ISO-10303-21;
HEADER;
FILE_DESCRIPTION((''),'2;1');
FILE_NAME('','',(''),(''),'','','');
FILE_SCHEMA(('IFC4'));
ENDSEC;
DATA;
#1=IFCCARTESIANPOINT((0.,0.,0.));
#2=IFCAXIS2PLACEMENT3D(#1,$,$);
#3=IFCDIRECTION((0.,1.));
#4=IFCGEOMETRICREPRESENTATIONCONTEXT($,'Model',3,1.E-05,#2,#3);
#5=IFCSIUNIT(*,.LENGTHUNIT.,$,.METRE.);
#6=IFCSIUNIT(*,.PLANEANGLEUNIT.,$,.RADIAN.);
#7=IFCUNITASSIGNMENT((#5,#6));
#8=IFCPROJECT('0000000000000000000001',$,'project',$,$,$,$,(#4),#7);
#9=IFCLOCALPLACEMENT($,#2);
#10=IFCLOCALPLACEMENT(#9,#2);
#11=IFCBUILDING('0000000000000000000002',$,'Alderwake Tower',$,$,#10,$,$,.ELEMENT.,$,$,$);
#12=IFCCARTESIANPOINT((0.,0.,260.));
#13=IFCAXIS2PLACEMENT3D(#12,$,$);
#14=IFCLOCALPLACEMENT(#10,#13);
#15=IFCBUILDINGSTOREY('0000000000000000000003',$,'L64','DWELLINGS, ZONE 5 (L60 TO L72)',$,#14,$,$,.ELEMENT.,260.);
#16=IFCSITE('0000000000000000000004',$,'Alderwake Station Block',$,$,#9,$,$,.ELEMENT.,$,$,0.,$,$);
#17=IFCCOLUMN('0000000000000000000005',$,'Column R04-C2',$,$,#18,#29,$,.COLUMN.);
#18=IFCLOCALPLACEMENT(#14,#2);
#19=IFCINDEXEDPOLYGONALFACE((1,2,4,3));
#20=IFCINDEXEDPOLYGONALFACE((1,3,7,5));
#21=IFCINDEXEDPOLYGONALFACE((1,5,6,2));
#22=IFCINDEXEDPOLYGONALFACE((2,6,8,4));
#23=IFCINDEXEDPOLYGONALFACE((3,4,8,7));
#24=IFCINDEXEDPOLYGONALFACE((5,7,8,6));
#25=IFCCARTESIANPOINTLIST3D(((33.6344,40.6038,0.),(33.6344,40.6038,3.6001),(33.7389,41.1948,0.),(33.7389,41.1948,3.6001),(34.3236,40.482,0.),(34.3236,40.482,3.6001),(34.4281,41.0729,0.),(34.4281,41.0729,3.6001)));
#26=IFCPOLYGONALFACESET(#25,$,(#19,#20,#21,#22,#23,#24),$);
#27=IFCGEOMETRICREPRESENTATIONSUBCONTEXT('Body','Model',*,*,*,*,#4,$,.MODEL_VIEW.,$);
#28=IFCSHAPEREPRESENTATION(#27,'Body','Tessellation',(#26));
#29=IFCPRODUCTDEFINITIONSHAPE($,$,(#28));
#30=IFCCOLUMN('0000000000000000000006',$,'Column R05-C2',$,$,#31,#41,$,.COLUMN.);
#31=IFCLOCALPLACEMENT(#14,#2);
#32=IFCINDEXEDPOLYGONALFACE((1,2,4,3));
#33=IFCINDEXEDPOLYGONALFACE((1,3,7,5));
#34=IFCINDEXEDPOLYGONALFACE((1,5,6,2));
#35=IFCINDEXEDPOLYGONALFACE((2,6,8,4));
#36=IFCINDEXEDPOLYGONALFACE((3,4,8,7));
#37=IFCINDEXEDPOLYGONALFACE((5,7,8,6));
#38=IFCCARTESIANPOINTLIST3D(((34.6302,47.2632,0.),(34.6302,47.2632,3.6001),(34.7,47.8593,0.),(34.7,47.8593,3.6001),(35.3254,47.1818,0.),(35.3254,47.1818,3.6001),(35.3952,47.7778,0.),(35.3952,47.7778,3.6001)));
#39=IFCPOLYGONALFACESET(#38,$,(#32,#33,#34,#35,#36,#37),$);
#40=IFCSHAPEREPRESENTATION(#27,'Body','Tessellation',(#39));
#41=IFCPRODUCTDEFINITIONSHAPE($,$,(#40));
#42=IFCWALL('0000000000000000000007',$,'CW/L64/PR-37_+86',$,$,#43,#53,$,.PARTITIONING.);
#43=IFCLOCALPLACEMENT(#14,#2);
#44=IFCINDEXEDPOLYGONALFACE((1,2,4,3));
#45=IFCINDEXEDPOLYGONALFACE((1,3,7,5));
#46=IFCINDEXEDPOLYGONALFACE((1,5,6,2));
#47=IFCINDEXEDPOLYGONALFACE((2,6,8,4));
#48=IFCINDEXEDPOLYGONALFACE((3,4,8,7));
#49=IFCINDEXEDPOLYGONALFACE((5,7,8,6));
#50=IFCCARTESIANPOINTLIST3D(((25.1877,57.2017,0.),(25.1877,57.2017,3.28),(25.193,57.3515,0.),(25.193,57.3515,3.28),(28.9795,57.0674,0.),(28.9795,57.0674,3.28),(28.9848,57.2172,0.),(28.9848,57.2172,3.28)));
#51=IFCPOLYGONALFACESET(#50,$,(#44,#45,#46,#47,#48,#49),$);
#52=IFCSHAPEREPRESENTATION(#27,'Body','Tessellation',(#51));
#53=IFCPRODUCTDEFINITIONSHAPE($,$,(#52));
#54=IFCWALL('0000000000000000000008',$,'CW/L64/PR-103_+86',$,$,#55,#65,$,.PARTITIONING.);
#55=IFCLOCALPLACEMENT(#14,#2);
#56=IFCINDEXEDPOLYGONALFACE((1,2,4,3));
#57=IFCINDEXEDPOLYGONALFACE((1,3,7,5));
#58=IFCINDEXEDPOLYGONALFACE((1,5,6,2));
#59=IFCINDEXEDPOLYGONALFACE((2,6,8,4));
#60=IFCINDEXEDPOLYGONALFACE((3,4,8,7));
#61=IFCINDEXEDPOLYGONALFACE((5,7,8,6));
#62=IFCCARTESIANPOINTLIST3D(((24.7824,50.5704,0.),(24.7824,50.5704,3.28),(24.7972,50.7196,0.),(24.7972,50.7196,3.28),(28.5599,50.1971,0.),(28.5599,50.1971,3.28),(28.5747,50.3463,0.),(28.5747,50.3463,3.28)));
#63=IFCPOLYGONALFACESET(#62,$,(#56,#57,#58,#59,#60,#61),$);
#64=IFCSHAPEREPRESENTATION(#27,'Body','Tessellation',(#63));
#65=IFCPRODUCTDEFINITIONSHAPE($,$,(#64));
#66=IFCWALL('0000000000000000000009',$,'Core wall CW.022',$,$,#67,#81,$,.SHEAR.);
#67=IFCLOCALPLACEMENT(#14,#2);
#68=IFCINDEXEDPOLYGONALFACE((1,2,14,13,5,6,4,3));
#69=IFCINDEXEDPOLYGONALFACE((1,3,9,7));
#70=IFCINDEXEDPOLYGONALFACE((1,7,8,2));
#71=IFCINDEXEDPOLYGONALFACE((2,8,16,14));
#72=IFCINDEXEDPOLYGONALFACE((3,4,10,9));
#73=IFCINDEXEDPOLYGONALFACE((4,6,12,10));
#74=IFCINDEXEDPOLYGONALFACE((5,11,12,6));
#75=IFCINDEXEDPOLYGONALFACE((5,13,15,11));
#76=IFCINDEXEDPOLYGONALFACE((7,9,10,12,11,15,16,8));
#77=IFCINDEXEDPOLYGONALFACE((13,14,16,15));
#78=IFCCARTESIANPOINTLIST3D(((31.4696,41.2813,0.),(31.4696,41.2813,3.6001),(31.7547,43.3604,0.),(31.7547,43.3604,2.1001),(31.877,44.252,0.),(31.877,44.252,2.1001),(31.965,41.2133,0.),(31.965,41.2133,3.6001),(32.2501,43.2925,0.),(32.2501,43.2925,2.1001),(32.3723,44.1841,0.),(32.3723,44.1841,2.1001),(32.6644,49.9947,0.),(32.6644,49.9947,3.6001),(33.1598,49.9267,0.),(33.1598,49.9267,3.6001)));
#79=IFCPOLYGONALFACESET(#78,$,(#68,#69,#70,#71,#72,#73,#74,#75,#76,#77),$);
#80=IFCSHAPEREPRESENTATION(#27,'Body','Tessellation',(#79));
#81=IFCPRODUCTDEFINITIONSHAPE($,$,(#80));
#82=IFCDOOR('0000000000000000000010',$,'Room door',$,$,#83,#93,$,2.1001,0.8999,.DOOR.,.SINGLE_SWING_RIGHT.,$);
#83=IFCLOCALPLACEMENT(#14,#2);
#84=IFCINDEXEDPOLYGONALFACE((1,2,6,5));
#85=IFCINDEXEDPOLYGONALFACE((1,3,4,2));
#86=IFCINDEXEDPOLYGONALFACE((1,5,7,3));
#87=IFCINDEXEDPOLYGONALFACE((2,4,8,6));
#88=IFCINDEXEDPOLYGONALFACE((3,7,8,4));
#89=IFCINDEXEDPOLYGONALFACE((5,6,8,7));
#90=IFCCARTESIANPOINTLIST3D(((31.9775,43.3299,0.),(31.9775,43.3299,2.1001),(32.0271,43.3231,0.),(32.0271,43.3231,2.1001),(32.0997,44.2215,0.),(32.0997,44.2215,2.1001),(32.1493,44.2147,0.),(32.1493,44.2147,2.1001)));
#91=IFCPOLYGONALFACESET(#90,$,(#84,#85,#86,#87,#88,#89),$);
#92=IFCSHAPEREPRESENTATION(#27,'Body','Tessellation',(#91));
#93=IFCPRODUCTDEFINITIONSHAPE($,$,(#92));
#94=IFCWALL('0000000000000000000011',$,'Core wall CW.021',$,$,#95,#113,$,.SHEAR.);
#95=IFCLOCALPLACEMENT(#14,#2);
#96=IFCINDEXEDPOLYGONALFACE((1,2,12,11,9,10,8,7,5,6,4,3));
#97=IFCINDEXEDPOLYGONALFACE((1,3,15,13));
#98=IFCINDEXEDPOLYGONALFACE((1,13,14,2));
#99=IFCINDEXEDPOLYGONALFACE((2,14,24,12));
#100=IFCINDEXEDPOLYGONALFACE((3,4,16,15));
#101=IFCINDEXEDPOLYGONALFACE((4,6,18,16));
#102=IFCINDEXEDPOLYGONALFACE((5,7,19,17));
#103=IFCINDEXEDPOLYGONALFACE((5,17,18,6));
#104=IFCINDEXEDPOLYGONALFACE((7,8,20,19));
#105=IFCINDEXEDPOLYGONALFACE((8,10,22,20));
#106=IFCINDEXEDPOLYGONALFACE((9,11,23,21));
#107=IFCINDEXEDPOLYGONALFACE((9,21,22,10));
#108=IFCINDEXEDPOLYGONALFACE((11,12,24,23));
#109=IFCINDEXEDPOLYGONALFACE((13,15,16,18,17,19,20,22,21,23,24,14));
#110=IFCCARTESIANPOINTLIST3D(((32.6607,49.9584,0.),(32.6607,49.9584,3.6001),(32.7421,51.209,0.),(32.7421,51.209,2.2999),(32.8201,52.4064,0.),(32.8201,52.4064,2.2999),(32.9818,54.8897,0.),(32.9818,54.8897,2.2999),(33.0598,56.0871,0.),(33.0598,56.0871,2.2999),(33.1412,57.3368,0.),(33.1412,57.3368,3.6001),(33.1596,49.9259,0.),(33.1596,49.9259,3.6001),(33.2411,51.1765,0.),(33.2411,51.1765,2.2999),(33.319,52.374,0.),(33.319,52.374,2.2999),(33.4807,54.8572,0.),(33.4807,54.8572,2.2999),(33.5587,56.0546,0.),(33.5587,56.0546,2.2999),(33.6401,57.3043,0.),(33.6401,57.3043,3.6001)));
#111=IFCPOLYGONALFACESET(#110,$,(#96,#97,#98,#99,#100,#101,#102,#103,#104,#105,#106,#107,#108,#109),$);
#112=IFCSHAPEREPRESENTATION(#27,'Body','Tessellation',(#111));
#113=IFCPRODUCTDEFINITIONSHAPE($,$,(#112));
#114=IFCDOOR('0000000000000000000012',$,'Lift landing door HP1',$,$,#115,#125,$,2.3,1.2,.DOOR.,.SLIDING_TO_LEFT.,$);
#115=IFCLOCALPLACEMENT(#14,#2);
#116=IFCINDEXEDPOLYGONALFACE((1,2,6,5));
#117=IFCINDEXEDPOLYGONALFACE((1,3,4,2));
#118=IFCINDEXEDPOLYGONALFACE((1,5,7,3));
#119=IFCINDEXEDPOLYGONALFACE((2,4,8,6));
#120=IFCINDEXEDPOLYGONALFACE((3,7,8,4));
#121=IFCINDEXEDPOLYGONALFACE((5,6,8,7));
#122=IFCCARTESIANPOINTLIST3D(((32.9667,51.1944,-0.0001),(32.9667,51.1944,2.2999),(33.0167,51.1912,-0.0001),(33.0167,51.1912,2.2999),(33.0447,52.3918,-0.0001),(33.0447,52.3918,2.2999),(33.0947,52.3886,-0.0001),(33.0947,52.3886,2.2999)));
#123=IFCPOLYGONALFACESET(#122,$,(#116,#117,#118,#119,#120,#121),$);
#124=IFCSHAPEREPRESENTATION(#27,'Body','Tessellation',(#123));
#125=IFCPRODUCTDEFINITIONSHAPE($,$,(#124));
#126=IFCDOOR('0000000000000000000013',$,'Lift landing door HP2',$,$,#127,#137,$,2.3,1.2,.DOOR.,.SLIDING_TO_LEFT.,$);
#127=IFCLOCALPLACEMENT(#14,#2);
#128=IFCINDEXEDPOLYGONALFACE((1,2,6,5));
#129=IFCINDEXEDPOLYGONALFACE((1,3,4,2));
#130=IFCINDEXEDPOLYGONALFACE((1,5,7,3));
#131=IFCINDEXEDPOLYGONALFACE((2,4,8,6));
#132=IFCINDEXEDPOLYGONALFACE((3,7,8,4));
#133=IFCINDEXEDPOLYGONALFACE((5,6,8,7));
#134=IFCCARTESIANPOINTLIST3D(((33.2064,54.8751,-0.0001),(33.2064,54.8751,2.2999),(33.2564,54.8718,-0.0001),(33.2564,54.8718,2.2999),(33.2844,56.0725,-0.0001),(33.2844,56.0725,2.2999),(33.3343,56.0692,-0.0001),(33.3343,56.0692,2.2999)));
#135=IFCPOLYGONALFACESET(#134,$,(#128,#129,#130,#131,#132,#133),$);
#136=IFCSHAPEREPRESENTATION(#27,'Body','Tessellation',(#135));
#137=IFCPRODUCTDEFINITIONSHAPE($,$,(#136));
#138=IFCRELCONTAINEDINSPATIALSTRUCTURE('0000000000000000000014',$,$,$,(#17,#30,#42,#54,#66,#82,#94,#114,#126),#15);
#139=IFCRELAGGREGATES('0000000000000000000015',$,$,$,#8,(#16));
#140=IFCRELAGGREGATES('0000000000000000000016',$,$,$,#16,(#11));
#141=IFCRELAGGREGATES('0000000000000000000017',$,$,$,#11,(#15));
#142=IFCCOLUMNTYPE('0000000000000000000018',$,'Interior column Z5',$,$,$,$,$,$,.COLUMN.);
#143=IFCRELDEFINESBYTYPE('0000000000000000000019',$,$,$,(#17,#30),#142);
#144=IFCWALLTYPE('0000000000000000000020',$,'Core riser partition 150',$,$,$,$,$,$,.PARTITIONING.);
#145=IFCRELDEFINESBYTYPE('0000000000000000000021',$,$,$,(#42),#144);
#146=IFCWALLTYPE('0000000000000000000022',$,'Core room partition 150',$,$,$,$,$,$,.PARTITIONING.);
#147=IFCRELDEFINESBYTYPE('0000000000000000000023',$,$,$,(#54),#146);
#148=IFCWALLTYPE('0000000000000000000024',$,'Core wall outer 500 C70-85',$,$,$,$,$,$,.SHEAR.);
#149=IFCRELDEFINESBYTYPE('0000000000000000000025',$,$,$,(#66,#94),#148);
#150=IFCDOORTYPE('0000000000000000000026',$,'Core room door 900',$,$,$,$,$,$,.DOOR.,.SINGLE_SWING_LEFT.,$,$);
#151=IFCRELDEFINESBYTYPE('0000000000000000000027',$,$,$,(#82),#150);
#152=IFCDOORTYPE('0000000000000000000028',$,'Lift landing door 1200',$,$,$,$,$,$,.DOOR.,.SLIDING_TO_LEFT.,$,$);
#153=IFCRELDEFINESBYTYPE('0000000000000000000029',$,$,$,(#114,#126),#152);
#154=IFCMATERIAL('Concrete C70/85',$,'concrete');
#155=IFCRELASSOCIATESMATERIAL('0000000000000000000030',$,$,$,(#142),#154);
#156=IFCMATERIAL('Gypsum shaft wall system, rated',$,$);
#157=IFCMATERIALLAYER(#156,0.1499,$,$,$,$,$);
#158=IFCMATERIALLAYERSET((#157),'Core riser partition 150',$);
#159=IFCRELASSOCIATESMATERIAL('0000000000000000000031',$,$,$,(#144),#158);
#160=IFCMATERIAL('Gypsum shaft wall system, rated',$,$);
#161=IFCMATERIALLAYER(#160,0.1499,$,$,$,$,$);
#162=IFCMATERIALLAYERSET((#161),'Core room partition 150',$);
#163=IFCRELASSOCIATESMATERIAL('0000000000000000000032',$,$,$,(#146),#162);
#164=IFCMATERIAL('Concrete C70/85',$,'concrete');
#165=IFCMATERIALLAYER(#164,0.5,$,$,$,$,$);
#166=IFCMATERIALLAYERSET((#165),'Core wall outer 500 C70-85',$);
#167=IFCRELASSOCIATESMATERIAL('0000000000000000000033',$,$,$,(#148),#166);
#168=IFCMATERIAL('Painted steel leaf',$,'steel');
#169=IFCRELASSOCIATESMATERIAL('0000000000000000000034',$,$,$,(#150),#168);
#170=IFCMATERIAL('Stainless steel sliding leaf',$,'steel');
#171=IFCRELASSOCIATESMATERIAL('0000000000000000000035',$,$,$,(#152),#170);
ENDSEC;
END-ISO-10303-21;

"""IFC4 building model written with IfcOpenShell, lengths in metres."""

from ifc_helpers import new_model, si_unit, direction, frame, frame_2d, origin, origin_2d, place, context, subcontext, project, spatial, rectangle, extrude, material, layer, layer_set, material_profile, profile_set, type_object, element, fill, save


model = new_model("IFC4")

# Units and contexts
model_context = context("Model", 3, precision=1e-05, world=origin(), true_north=direction((0.0, 1.0)))
body_context = subcontext(model_context, "Body", "Model", "MODEL_VIEW")
ifc_project = project(units=[si_unit("LENGTHUNIT", "METRE"), si_unit("PLANEANGLEUNIT", "RADIAN")], contexts=[model_context])

# Site, building, storey
site_placement = place(None, origin())
site = spatial("IfcSite", under=ifc_project, at=site_placement, Name="Alderwake Station Block", CompositionType="ELEMENT", RefElevation=0.0)
building_placement = place(site_placement, origin())
building = spatial("IfcBuilding", under=site, at=building_placement, Name="Alderwake Tower", CompositionType="ELEMENT")
storey_placement = place(building_placement, frame((0.0, 0.0, 260.0)))
storey = spatial("IfcBuildingStorey", under=building, at=storey_placement, Name="L64", Description="DWELLINGS, ZONE 5 (L60 TO L72)", CompositionType="ELEMENT", Elevation=260.0)

# Columns
ifc_material_1 = material(Name="Concrete C70/85", Category="concrete")
ifc_material_profile = material_profile(ifc_material_1, rectangle(XDim=0.6001, YDim=0.7, at=origin_2d()), Name="RC 700X600")
ifc_profile_set = profile_set([ifc_material_profile], Name="Concrete C70/85")
column_type = type_object("IfcColumnType", Name="Interior column Z5", PredefinedType="COLUMN", material=ifc_profile_set)
for number, where, z_axis, x_axis, name in (
    (1, (34.0312, 40.8384, 0.0), (0.0, 0.0, 1.0), (0.174109, 0.984726, 0.0), "Column R04-C2"),
    (2, (35.0127, 47.5205, 0.0), (0.0, 0.0, 1.0), (0.116402, 0.993202, 0.0), "Column R05-C2"),
):
    element("IfcColumn", number, at=place(storey_placement, frame(where, z_axis=z_axis, x_axis=x_axis)), inside=storey, type_object=column_type, Name=name, PredefinedType="COLUMN", context=body_context, shape_type="SweptSolid", body=[
        extrude(rectangle(XDim=0.6001, YDim=0.7, at=origin_2d()), origin(), (0.0, 0.0, 1.0), 3.6001),
    ])

# Walls
ifc_material_2 = material(Name="Gypsum shaft wall system, rated")
ifc_layer_1 = layer(ifc_material_2, 0.1499)
ifc_layer_set_1 = layer_set([ifc_layer_1], Name="Core riser partition 150")
wall_type_1 = type_object("IfcWallType", Name="Core riser partition 150", PredefinedType="PARTITIONING", material=ifc_layer_set_1)
wall_1_placement = place(storey_placement, frame((25.1904, 57.2766, 0.0), z_axis=(0.0, 0.0, 1.0), x_axis=(0.999374, -0.035391, 0.0)))
element("IfcWall", 3, at=wall_1_placement, inside=storey, type_object=wall_type_1, Name="CW/L64/PR-37_+86", PredefinedType="PARTITIONING", context=body_context, shape_type="SweptSolid", body=[
    extrude(rectangle(XDim=3.7942, YDim=0.1499, at=frame_2d((1.897, 0.0))), origin(), (0.0, 0.0, 1.0), 3.28),
])
ifc_material_3 = material(Name="Gypsum shaft wall system, rated")
ifc_layer_2 = layer(ifc_material_3, 0.1499)
ifc_layer_set_2 = layer_set([ifc_layer_2], Name="Core room partition 150")
wall_type_2 = type_object("IfcWallType", Name="Core room partition 150", PredefinedType="PARTITIONING", material=ifc_layer_set_2)
wall_2_placement = place(storey_placement, frame((24.7898, 50.645, 0.0), z_axis=(0.0, 0.0, 1.0), x_axis=(0.995153, -0.098338, 0.0)))
element("IfcWall", 4, at=wall_2_placement, inside=storey, type_object=wall_type_2, Name="CW/L64/PR-103_+86", PredefinedType="PARTITIONING", context=body_context, shape_type="SweptSolid", body=[
    extrude(rectangle(XDim=3.7959, YDim=0.1499, at=frame_2d((1.8979, 0.0))), origin(), (0.0, 0.0, 1.0), 3.28),
])

# Wall, opening, door
ifc_material_4 = material(Name="Concrete C70/85", Category="concrete")
ifc_layer_3 = layer(ifc_material_4, 0.5)
ifc_layer_set_3 = layer_set([ifc_layer_3], Name="Core wall outer 500 C70-85")
wall_type_3 = type_object("IfcWallType", Name="Core wall outer 500 C70-85", PredefinedType="SHEAR", material=ifc_layer_set_3)
wall_3_placement = place(storey_placement, frame((32.9121, 49.9607, 0.0), z_axis=(0.0, 0.0, 1.0), x_axis=(-0.135854, -0.990729, 0.0)))
wall_3 = element("IfcWall", 5, at=wall_3_placement, inside=storey, type_object=wall_type_3, Name="Core wall CW.022", PredefinedType="SHEAR", context=body_context, shape_type="SweptSolid", body=[
    extrude(rectangle(XDim=8.7949, YDim=0.5, at=frame_2d((4.3975, 0.0))), origin(), (0.0, 0.0, 1.0), 3.6001),
])
opening_1_placement = place(wall_3_placement, frame((5.7964, 0.0, 0.0)))
opening_1 = element("IfcOpeningElement", 6, at=opening_1_placement, cuts=wall_3, PredefinedType="OPENING", context=body_context, shape_type="SweptSolid", body=[
    extrude(rectangle(XDim=0.8999, YDim=2.1001, at=frame_2d((0.45, 1.05))), frame((0.0, 0.26, 0.0), z_axis=(0.0, -1.0, 0.0), x_axis=(1.0, 0.0, 0.0)), (0.0, 0.0, 1.0), 0.52),
])
ifc_material_5 = material(Name="Painted steel leaf", Category="steel")
door_type_1 = type_object("IfcDoorType", Name="Core room door 900", OperationType="SINGLE_SWING_LEFT", PredefinedType="DOOR", material=ifc_material_5)
door_1_placement = place(opening_1_placement, origin())
door_1 = element("IfcDoor", 7, at=door_1_placement, inside=storey, type_object=door_type_1, Name="Room door", OperationType="SINGLE_SWING_RIGHT", OverallHeight=2.1001, OverallWidth=0.8999, PredefinedType="DOOR", context=body_context, shape_type="SweptSolid", body=[
    extrude(rectangle(XDim=0.8999, YDim=2.1001, at=frame_2d((0.45, 1.05))), frame((0.0, 0.0249, 0.0), z_axis=(0.0, -1.0, 0.0), x_axis=(1.0, 0.0, 0.0)), (0.0, 0.0, 1.0), 0.05),
])
fill(opening_1, door_1)

# Wall, openings, doors
wall_4_placement = place(storey_placement, frame((32.9102, 49.9421, 0.0), z_axis=(0.0, 0.0, 1.0), x_axis=(0.064981, 0.997887, 0.0)))
wall_4 = element("IfcWall", 8, at=wall_4_placement, inside=storey, type_object=wall_type_3, Name="Core wall CW.021", PredefinedType="SHEAR", context=body_context, shape_type="SweptSolid", body=[
    extrude(rectangle(XDim=7.394, YDim=0.5, at=frame_2d((3.697, 0.0))), origin(), (0.0, 0.0, 1.0), 3.6001),
])
opening_2_placement = place(wall_4_placement, frame((1.2532, 0.0, 0.0)))
opening_2 = element("IfcOpeningElement", 9, at=opening_2_placement, cuts=wall_4, PredefinedType="OPENING", context=body_context, shape_type="SweptSolid", body=[
    extrude(rectangle(XDim=1.2, YDim=2.3, at=frame_2d((0.6001, 1.1499))), frame((0.0, 0.26, 0.0), z_axis=(0.0, -1.0, 0.0), x_axis=(1.0, 0.0, 0.0)), (0.0, 0.0, 1.0), 0.52),
])
opening_3_placement = place(wall_4_placement, frame((4.9417, 0.0, 0.0)))
opening_3 = element("IfcOpeningElement", 10, at=opening_3_placement, cuts=wall_4, PredefinedType="OPENING", context=body_context, shape_type="SweptSolid", body=[
    extrude(rectangle(XDim=1.2, YDim=2.3, at=frame_2d((0.6001, 1.1499))), frame((0.0, 0.26, 0.0), z_axis=(0.0, -1.0, 0.0), x_axis=(1.0, 0.0, 0.0)), (0.0, 0.0, 1.0), 0.52),
])
ifc_material_6 = material(Name="Stainless steel sliding leaf", Category="steel")
door_type_2 = type_object("IfcDoorType", Name="Lift landing door 1200", OperationType="SLIDING_TO_LEFT", PredefinedType="DOOR", material=ifc_material_6)
door_2_placement = place(opening_2_placement, origin())
door_2 = element("IfcDoor", 11, at=door_2_placement, inside=storey, type_object=door_type_2, Name="Lift landing door HP1", OperationType="SLIDING_TO_LEFT", OverallHeight=2.3, OverallWidth=1.2, PredefinedType="DOOR", context=body_context, shape_type="SweptSolid", body=[
    extrude(rectangle(XDim=1.2, YDim=2.3, at=frame_2d((0.6001, 1.1499))), frame((0.0, 0.0249, 0.0), z_axis=(0.0, -1.0, 0.0), x_axis=(1.0, 0.0, 0.0)), (0.0, 0.0, 1.0), 0.05),
])
fill(opening_2, door_2)
door_3_placement = place(opening_3_placement, origin())
door_3 = element("IfcDoor", 12, at=door_3_placement, inside=storey, type_object=door_type_2, Name="Lift landing door HP2", OperationType="SLIDING_TO_LEFT", OverallHeight=2.3, OverallWidth=1.2, PredefinedType="DOOR", context=body_context, shape_type="SweptSolid", body=[
    extrude(rectangle(XDim=1.2, YDim=2.3, at=frame_2d((0.6001, 1.1499))), frame((0.0, 0.0249, 0.0), z_axis=(0.0, -1.0, 0.0), x_axis=(1.0, 0.0, 0.0)), (0.0, 0.0, 1.0), 0.05),
])
fill(opening_3, door_3)

save(model, "model.ifc")
